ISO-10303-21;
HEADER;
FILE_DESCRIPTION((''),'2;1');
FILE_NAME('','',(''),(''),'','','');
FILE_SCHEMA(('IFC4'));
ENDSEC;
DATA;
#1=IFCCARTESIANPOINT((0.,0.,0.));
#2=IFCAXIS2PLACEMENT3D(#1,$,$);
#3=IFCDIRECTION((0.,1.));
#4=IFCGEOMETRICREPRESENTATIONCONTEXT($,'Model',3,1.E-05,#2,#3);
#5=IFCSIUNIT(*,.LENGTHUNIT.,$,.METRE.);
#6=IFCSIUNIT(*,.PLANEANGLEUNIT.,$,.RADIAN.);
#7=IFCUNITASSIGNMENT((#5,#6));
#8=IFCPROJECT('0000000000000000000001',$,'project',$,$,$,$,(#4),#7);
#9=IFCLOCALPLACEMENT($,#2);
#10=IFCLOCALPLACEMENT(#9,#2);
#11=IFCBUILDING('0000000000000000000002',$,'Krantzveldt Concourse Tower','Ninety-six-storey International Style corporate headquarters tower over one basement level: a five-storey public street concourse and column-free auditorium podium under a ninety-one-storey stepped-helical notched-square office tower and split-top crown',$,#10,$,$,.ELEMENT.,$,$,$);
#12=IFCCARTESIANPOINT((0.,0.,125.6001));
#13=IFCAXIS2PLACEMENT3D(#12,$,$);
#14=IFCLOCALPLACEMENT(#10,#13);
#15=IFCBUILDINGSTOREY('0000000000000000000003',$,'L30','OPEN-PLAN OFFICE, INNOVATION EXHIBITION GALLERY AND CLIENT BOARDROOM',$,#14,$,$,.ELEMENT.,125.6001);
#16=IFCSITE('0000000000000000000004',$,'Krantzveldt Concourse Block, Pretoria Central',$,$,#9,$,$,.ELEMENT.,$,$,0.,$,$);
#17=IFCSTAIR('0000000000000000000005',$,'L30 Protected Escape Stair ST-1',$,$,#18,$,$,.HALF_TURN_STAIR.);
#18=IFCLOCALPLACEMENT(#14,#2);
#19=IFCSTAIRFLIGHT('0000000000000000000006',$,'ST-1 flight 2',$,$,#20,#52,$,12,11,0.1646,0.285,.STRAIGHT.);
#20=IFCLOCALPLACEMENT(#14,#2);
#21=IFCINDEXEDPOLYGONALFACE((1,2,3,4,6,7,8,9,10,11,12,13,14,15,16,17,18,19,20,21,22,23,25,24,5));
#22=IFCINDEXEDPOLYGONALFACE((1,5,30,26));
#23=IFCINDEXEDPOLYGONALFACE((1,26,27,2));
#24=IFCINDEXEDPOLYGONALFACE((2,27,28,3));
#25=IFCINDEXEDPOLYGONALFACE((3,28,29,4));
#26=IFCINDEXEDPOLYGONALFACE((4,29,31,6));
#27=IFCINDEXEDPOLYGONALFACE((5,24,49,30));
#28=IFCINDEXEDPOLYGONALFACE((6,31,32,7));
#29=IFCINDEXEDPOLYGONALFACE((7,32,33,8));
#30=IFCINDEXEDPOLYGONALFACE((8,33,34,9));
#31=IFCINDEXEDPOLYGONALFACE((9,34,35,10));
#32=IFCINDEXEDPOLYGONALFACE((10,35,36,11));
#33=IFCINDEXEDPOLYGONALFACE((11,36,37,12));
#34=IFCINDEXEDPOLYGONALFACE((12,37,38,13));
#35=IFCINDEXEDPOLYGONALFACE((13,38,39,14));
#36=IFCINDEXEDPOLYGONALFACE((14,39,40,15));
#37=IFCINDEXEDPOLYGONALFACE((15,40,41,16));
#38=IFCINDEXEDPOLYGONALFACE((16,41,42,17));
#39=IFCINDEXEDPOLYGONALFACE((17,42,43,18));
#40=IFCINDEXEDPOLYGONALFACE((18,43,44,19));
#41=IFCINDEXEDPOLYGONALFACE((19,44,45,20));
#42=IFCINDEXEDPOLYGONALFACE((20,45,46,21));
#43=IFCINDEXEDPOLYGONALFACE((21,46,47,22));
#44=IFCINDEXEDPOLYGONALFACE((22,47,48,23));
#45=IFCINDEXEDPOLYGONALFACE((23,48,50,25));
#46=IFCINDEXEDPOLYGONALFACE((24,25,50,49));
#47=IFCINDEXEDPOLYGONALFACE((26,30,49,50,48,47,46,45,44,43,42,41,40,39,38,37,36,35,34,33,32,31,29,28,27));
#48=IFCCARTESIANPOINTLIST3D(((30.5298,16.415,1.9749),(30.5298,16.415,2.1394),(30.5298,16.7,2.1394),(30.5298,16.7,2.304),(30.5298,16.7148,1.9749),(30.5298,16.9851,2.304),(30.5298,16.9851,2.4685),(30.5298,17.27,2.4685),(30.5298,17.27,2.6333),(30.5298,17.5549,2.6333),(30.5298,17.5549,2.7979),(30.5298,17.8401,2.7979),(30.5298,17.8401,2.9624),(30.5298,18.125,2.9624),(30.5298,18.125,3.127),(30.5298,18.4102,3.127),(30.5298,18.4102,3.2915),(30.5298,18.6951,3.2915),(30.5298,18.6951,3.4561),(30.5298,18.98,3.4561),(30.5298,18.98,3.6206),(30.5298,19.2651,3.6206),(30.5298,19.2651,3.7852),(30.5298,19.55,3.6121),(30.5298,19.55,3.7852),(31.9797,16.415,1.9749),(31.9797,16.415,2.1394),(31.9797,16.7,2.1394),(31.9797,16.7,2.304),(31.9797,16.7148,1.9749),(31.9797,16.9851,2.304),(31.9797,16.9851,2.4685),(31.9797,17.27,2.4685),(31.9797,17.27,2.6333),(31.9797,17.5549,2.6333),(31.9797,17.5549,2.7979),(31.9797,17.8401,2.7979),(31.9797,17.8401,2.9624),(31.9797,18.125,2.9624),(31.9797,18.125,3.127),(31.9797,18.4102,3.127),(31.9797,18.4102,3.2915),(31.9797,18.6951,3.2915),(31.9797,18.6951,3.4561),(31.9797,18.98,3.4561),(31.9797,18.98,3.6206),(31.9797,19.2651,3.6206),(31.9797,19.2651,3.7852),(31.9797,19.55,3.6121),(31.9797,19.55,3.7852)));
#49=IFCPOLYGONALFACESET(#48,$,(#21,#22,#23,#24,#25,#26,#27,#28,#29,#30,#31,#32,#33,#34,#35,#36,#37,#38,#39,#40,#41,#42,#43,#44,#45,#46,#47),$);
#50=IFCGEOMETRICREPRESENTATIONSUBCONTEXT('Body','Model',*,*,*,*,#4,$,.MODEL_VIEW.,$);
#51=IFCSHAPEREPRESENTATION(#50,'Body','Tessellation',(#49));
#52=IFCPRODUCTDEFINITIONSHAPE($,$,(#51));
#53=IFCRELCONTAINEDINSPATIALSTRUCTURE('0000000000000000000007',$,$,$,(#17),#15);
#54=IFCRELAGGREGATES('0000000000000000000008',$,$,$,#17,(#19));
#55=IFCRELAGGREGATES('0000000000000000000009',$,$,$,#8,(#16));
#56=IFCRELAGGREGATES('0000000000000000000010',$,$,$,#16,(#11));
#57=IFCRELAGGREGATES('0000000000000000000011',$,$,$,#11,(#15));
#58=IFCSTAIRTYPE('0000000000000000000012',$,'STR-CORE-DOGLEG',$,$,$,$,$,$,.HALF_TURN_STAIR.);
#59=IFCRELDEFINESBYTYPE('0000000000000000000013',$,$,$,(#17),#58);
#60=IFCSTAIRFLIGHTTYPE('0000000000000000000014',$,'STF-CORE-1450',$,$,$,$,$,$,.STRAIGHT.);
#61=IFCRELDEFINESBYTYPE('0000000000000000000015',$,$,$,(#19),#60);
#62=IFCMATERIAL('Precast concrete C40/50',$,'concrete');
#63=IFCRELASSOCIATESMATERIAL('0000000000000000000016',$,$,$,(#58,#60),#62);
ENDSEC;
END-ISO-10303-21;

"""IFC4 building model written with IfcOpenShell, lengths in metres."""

from ifc_helpers import new_model, si_unit, direction, frame, origin, place, context, subcontext, project, spatial, polyline, outline, extrude, material, type_object, element, aggregate, save


model = new_model("IFC4")

# Units and contexts
model_context = context("Model", 3, precision=1e-05, world=origin(), true_north=direction((0.0, 1.0)))
body_context = subcontext(model_context, "Body", "Model", "MODEL_VIEW")
ifc_project = project(units=[si_unit("LENGTHUNIT", "METRE"), si_unit("PLANEANGLEUNIT", "RADIAN")], contexts=[model_context])

# Site, building, storey
site_placement = place(None, origin())
site = spatial("IfcSite", under=ifc_project, at=site_placement, Name="Krantzveldt Concourse Block, Pretoria Central", CompositionType="ELEMENT", RefElevation=0.0)
building_placement = place(site_placement, origin())
building = spatial("IfcBuilding", under=site, at=building_placement, Name="Krantzveldt Concourse Tower", Description="Ninety-six-storey International Style corporate headquarters tower over one basement level: a five-storey public street concourse and column-free auditorium podium under a ninety-one-storey stepped-helical notched-square office tower and split-top crown", CompositionType="ELEMENT")
storey_placement = place(building_placement, frame((0.0, 0.0, 125.6001)))
storey = spatial("IfcBuildingStorey", under=building, at=storey_placement, Name="L30", Description="OPEN-PLAN OFFICE, INNOVATION EXHIBITION GALLERY AND CLIENT BOARDROOM", CompositionType="ELEMENT", Elevation=125.6001)

# Stair, stair flight
ifc_material_1 = material(Name="Precast concrete C40/50", Category="concrete")
stair_type = type_object("IfcStairType", Name="STR-CORE-DOGLEG", PredefinedType="HALF_TURN_STAIR", material=ifc_material_1)
stair_placement = place(storey_placement, origin())
stair = element("IfcStair", 1, at=stair_placement, inside=storey, type_object=stair_type, Name="L30 Protected Escape Stair ST-1", PredefinedType="HALF_TURN_STAIR")
stair_flight_type = type_object("IfcStairFlightType", Name="STF-CORE-1450", PredefinedType="STRAIGHT", material=ifc_material_1)
stair_flight_1_placement = place(storey_placement, frame((31.2549, 16.415, 1.9749), z_axis=(0.0, 0.0, 1.0), x_axis=(0.0, 1.0, 0.0)))
stair_flight_1 = element("IfcStairFlight", 2, at=stair_flight_1_placement, type_object=stair_flight_type, Name="ST-1 flight 2", NumberOfRisers=12, NumberOfTreads=11, PredefinedType="STRAIGHT", RiserHeight=0.1646, TreadLength=0.285, context=body_context, shape_type="SweptSolid", body=[
    extrude(outline(polyline([(0.0, 0.0), (0.0, 0.1646), (0.2849, 0.1646), (0.2849, 0.3291), (0.5701, 0.3291), (0.5701, 0.4937), (0.855, 0.4937), (0.855, 0.6584), (1.1399, 0.6584), (1.1399, 0.823), (1.425, 0.823), (1.425, 0.9875), (1.71, 0.9875), (1.71, 1.1521), (1.9951, 1.1521), (1.9951, 1.3167), (2.28, 1.3167), (2.28, 1.4812), (2.5649, 1.4812), (2.5649, 1.6458), (2.8501, 1.6458), (2.8501, 1.8103), (3.135, 1.8103), (3.135, 1.9751), (3.135, 1.6372), (0.2998, 0.0), (0.0, 0.0)])), frame((0.0, 0.7251, 0.0), z_axis=(0.0, -1.0, 0.0), x_axis=(1.0, 0.0, 0.0)), (0.0, 0.0, 1.0), 1.45),
])
aggregate(stair, [stair_flight_1])

save(model, "model.ifc")
